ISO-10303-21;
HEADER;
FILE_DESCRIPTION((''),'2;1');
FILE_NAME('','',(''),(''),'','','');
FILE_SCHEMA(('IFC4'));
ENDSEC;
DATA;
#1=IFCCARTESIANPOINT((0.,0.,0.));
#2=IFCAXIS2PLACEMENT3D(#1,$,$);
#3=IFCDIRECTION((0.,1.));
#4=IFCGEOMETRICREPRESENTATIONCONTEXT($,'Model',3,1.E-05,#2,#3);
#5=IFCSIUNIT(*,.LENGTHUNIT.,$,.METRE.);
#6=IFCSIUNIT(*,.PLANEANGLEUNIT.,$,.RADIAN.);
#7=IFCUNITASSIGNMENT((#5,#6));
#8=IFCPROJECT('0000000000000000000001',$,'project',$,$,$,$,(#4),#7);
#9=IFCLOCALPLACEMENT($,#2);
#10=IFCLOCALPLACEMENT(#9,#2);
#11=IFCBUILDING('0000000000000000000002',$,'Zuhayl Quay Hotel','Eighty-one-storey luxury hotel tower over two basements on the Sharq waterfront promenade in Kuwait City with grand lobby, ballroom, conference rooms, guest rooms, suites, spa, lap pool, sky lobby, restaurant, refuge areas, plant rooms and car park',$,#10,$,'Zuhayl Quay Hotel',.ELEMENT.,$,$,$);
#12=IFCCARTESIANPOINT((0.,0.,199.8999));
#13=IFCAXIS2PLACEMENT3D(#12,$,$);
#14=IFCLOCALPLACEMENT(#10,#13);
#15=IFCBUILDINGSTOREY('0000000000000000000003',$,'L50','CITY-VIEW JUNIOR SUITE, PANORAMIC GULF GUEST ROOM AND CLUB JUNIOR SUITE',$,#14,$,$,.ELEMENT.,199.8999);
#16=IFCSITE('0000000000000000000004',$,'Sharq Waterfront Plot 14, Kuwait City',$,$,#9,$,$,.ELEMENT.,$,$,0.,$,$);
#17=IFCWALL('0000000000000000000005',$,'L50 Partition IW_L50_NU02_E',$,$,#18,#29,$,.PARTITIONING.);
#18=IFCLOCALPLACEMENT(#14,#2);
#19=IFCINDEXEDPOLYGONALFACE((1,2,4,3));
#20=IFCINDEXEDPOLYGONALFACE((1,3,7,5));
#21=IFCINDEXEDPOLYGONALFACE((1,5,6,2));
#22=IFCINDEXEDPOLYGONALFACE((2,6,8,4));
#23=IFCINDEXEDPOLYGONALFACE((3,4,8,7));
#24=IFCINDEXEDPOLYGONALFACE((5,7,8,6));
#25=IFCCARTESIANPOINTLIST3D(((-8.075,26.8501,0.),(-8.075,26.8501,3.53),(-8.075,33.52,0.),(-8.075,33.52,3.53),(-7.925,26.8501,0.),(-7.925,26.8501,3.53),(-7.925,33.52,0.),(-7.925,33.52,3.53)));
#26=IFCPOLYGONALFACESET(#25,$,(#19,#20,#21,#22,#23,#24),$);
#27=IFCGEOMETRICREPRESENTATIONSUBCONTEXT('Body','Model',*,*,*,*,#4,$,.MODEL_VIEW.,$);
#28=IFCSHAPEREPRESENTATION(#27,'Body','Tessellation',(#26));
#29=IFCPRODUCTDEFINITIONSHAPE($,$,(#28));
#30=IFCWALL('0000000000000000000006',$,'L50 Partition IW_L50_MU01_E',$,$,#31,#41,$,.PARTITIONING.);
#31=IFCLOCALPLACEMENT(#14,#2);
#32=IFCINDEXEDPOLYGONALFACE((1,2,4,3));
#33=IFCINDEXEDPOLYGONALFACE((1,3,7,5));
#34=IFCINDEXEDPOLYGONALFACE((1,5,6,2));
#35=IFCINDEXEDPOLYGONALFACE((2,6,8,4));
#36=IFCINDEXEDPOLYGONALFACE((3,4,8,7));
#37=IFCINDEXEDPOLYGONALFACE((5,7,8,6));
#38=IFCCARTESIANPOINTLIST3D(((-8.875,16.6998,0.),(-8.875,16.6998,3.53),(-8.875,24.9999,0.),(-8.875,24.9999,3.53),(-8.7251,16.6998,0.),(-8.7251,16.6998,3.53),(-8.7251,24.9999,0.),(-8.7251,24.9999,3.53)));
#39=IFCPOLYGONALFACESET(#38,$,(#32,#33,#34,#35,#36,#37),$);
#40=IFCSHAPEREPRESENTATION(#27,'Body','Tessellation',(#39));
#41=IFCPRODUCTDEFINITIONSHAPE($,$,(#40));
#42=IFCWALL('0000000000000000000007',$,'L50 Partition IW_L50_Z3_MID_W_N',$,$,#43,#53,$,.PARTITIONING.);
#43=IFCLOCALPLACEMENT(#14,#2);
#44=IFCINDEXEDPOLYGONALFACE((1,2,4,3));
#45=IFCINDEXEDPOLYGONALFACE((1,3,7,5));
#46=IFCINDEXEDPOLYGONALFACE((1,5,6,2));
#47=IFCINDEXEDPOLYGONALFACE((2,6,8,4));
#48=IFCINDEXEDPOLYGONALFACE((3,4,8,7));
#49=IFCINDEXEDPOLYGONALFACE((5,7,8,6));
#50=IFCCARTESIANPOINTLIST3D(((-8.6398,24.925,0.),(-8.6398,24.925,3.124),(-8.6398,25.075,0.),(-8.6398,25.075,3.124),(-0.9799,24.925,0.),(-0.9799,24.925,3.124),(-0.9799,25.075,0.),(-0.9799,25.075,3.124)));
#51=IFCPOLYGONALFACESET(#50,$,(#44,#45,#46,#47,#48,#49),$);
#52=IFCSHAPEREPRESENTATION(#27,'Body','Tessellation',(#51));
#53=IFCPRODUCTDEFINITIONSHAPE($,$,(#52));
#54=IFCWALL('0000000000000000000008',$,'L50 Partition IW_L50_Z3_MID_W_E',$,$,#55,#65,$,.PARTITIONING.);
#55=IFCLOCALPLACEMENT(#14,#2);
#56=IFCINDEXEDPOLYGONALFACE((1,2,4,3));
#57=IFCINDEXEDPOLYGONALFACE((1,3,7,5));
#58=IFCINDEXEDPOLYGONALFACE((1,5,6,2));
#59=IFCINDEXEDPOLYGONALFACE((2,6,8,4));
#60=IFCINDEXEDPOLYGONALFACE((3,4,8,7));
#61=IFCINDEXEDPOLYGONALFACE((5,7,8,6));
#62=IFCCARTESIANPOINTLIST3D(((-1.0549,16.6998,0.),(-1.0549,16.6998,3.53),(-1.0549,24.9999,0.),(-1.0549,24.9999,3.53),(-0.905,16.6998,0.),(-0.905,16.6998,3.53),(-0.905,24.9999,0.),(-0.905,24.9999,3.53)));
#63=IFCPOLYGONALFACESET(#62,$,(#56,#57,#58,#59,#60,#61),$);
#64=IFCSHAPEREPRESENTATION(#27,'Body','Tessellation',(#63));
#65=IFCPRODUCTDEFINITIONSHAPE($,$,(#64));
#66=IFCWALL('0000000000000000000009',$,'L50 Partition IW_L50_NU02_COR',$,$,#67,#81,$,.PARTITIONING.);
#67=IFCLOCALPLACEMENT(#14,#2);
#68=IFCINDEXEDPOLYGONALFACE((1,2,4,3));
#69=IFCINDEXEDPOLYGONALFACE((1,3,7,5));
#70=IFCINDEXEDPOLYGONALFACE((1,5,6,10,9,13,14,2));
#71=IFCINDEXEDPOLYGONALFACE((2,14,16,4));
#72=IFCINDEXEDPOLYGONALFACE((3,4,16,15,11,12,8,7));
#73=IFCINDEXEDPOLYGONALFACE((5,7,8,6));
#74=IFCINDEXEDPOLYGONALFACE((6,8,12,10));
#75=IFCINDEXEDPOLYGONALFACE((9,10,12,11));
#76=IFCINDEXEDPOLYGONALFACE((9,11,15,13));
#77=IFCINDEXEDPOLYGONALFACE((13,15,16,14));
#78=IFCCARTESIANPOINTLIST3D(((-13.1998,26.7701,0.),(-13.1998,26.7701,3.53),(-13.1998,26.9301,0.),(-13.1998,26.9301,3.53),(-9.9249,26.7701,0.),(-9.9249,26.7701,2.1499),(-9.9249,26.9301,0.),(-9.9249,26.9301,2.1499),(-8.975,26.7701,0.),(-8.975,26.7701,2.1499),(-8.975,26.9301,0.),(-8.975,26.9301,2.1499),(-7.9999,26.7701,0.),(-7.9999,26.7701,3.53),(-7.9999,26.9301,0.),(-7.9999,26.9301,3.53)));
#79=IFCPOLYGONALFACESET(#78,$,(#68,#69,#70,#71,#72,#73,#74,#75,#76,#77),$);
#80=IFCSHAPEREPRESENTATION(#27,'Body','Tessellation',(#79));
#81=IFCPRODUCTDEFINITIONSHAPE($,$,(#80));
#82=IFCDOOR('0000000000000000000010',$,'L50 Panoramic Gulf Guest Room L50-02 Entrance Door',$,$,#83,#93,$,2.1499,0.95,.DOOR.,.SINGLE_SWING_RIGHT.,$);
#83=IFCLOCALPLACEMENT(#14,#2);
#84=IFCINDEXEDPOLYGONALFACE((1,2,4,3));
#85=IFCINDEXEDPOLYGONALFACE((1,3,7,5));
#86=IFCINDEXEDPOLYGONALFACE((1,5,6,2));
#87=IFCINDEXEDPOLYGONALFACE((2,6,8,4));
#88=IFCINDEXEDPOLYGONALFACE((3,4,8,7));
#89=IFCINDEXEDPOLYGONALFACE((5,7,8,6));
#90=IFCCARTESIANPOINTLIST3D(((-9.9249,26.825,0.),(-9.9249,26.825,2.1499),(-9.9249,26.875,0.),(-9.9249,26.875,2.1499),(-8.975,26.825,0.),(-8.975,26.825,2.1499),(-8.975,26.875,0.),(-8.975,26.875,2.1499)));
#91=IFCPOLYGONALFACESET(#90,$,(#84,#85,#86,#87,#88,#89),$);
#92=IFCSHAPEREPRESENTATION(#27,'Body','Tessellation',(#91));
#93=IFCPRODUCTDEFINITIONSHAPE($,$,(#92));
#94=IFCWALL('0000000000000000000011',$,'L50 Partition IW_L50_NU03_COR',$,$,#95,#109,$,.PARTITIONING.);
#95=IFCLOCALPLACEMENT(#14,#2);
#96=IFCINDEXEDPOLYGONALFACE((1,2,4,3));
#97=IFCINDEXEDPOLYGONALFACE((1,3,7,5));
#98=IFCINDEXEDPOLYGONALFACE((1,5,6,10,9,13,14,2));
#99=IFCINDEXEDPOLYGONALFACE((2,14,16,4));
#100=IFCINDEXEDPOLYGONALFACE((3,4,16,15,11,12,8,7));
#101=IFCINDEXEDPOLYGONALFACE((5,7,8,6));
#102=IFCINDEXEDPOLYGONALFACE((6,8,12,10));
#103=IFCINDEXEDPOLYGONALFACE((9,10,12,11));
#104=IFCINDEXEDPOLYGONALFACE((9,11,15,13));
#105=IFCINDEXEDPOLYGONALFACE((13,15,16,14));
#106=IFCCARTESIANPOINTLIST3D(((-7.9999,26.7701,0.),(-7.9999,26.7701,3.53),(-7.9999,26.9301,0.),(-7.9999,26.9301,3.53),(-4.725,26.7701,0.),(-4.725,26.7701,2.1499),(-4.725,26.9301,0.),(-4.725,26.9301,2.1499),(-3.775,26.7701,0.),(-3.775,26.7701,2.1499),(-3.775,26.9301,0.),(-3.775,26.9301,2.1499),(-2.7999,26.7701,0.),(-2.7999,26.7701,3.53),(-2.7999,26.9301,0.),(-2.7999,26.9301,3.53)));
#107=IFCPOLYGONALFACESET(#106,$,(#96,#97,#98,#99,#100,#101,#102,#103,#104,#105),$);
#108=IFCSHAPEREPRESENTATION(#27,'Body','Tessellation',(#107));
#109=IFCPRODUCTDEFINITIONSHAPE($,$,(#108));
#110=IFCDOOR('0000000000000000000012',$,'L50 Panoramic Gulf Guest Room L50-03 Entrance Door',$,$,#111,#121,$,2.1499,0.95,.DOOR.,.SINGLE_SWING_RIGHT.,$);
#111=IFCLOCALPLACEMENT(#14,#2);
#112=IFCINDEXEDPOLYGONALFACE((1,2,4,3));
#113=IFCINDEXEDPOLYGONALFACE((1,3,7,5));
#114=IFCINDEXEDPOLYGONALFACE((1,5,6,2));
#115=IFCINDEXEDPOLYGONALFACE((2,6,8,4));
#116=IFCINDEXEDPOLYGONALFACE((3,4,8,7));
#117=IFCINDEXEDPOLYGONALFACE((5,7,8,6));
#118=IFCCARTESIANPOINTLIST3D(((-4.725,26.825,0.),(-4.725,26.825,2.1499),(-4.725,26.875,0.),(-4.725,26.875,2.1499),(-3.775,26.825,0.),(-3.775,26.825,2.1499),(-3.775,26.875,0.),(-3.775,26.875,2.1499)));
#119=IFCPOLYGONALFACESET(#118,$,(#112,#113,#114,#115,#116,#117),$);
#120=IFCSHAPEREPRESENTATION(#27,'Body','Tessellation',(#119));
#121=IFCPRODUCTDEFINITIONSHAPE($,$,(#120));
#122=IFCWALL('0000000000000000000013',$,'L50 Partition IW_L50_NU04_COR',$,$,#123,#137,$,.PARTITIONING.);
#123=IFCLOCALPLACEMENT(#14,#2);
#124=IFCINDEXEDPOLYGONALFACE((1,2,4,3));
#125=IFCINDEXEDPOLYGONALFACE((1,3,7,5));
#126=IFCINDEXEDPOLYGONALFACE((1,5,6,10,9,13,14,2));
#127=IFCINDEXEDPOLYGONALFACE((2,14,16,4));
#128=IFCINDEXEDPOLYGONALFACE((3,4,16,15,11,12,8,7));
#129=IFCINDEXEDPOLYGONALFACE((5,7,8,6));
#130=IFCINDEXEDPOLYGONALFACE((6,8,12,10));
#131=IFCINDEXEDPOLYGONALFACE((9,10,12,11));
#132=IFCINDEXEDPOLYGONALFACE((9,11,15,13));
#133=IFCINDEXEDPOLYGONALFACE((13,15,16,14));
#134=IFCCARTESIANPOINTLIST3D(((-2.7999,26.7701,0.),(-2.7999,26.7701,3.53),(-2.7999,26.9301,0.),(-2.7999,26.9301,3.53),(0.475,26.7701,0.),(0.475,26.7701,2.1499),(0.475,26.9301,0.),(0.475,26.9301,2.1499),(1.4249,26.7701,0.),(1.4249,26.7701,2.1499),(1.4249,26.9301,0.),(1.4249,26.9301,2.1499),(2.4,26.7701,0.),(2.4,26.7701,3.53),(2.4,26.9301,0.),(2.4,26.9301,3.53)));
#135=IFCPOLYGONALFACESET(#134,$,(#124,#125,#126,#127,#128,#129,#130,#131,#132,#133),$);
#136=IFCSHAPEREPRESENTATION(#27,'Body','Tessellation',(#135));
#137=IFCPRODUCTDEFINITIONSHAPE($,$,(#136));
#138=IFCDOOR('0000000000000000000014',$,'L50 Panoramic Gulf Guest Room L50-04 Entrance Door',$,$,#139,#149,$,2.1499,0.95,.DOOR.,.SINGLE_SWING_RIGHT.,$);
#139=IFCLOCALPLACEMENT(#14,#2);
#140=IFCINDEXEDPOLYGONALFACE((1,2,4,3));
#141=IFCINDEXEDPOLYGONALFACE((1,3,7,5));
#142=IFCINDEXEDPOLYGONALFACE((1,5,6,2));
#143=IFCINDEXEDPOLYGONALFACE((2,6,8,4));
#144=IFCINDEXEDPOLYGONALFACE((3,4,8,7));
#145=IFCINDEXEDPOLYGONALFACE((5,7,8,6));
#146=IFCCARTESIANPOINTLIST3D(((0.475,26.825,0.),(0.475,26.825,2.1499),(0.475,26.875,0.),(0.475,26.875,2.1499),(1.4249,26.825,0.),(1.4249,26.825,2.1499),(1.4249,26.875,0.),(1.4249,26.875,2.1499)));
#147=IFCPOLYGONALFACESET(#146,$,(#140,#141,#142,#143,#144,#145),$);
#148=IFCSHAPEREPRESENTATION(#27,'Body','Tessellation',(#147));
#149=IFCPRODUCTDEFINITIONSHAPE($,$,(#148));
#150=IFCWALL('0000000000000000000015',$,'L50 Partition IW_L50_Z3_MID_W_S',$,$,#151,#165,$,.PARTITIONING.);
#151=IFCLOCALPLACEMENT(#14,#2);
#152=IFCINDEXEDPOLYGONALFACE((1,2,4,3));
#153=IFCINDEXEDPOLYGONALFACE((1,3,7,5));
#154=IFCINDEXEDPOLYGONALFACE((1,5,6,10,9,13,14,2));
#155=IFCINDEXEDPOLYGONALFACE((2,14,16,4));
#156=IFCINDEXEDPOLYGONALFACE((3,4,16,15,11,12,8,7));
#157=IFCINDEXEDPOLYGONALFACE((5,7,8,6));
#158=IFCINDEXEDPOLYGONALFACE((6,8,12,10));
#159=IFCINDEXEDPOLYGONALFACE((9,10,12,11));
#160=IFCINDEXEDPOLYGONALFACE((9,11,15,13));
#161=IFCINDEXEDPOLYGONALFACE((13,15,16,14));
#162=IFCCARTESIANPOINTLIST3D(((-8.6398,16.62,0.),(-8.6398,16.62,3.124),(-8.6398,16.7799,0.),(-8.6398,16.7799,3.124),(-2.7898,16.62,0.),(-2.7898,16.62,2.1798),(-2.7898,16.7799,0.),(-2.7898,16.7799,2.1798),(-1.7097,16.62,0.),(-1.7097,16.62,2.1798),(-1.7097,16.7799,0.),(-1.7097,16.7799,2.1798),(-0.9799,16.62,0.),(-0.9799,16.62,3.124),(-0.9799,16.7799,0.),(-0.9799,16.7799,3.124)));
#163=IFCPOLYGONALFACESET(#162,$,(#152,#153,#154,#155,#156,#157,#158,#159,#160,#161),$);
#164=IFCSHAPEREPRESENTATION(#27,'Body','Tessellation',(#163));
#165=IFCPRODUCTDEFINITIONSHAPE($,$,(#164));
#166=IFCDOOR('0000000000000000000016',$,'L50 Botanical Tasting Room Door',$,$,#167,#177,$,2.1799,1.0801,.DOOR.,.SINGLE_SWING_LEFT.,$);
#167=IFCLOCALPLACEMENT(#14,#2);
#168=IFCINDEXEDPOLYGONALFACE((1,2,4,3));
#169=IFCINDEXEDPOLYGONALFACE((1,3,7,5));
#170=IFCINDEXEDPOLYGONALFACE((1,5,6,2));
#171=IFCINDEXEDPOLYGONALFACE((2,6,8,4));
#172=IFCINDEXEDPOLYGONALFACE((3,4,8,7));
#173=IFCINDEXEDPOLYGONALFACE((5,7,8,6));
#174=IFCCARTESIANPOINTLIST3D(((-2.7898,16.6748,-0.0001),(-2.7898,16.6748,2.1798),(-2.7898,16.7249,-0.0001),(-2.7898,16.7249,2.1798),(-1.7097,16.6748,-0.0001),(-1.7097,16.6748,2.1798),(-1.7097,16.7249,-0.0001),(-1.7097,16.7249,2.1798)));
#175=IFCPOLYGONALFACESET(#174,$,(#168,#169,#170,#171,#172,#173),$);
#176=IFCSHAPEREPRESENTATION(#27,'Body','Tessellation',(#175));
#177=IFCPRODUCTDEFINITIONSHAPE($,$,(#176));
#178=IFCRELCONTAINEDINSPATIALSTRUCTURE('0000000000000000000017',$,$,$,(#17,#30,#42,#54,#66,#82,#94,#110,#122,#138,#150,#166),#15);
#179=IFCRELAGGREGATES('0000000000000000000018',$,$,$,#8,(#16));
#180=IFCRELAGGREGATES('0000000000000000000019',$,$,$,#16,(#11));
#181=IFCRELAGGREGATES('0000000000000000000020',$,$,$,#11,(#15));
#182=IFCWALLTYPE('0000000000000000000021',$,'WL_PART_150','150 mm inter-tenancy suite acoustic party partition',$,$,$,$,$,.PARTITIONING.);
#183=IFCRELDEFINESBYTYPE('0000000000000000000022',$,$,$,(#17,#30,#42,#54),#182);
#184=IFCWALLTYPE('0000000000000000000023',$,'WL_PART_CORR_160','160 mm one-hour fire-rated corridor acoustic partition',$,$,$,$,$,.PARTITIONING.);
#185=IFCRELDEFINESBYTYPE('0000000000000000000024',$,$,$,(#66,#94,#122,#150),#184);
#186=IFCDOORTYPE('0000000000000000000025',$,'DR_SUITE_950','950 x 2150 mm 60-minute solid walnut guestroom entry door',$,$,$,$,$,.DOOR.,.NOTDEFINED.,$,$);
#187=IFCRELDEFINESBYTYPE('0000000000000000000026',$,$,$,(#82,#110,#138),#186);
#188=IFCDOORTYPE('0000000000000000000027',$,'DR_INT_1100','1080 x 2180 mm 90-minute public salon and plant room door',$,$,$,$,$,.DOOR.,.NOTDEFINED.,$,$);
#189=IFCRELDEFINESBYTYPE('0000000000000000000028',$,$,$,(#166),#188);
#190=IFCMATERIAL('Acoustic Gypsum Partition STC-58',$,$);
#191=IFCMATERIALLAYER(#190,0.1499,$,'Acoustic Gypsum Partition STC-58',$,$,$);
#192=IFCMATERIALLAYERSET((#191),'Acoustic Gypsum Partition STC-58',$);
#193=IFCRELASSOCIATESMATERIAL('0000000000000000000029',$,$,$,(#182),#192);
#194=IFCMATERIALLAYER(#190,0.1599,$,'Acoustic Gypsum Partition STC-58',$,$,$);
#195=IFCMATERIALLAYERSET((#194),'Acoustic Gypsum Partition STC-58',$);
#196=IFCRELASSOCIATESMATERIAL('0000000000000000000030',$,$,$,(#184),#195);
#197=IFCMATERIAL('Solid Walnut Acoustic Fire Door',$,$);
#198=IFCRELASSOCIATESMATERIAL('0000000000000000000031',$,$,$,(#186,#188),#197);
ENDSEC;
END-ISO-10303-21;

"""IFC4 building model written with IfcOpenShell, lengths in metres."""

from ifc_helpers import new_model, si_unit, direction, frame, frame_2d, origin, place, context, subcontext, project, spatial, rectangle, extrude, material, layer, layer_set, type_object, element, fill, save


model = new_model("IFC4")

# Units and contexts
model_context = context("Model", 3, precision=1e-05, world=origin(), true_north=direction((0.0, 1.0)))
body_context = subcontext(model_context, "Body", "Model", "MODEL_VIEW")
ifc_project = project(units=[si_unit("LENGTHUNIT", "METRE"), si_unit("PLANEANGLEUNIT", "RADIAN")], contexts=[model_context])

# Site, building, storey
site_placement = place(None, origin())
site = spatial("IfcSite", under=ifc_project, at=site_placement, Name="Sharq Waterfront Plot 14, Kuwait City", CompositionType="ELEMENT", RefElevation=0.0)
building_placement = place(site_placement, origin())
building = spatial("IfcBuilding", under=site, at=building_placement, Name="Zuhayl Quay Hotel", Description="Eighty-one-storey luxury hotel tower over two basements on the Sharq waterfront promenade in Kuwait City with grand lobby, ballroom, conference rooms, guest rooms, suites, spa, lap pool, sky lobby, restaurant, refuge areas, plant rooms and car park", LongName="Zuhayl Quay Hotel", CompositionType="ELEMENT")
storey_placement = place(building_placement, frame((0.0, 0.0, 199.8999)))
storey = spatial("IfcBuildingStorey", under=building, at=storey_placement, Name="L50", Description="CITY-VIEW JUNIOR SUITE, PANORAMIC GULF GUEST ROOM AND CLUB JUNIOR SUITE", CompositionType="ELEMENT", Elevation=199.8999)

# Walls
ifc_material_1 = material(Name="Acoustic Gypsum Partition STC-58")
ifc_layer_1 = layer(ifc_material_1, 0.1499, Name="Acoustic Gypsum Partition STC-58")
ifc_layer_set_1 = layer_set([ifc_layer_1], Name="Acoustic Gypsum Partition STC-58")
wall_type_1 = type_object("IfcWallType", Name="WL_PART_150", Description="150 mm inter-tenancy suite acoustic party partition", PredefinedType="PARTITIONING", material=ifc_layer_set_1)
for number, where, z_axis, x_axis, name in (
    (1, (-8.0, 26.8501, 0.0), (0.0, 0.0, 1.0), (0.0, 1.0, 0.0), "L50 Partition IW_L50_NU02_E"),
):
    element("IfcWall", number, at=place(storey_placement, frame(where, z_axis=z_axis, x_axis=x_axis)), inside=storey, type_object=wall_type_1, Name=name, PredefinedType="PARTITIONING", context=body_context, shape_type="SweptSolid", body=[
        extrude(rectangle(XDim=6.6699, YDim=0.1499, at=frame_2d((3.335, 0.0))), origin(), (0.0, 0.0, 1.0), 3.53),
    ])
wall_1_placement = place(storey_placement, frame((-8.8, 16.7, 0.0), z_axis=(0.0, 0.0, 1.0), x_axis=(0.0, 1.0, 0.0)))
element("IfcWall", 2, at=wall_1_placement, inside=storey, type_object=wall_type_1, Name="L50 Partition IW_L50_MU01_E", PredefinedType="PARTITIONING", context=body_context, shape_type="SweptSolid", body=[
    extrude(rectangle(XDim=8.3, YDim=0.1499, at=frame_2d((4.1499, 0.0))), origin(), (0.0, 0.0, 1.0), 3.53),
])
wall_2_placement = place(storey_placement, frame((-8.6399, 25.0, 0.0), z_axis=(0.0, 0.0, 1.0), x_axis=(1.0, 0.0, 0.0)))
element("IfcWall", 3, at=wall_2_placement, inside=storey, type_object=wall_type_1, Name="L50 Partition IW_L50_Z3_MID_W_N", PredefinedType="PARTITIONING", context=body_context, shape_type="SweptSolid", body=[
    extrude(rectangle(XDim=7.6599, YDim=0.1499, at=frame_2d((3.8301, 0.0))), origin(), (0.0, 0.0, 1.0), 3.124),
])
wall_3_placement = place(storey_placement, frame((-0.98, 16.7, 0.0), z_axis=(0.0, 0.0, 1.0), x_axis=(0.0, 1.0, 0.0)))
element("IfcWall", 4, at=wall_3_placement, inside=storey, type_object=wall_type_1, Name="L50 Partition IW_L50_Z3_MID_W_E", PredefinedType="PARTITIONING", context=body_context, shape_type="SweptSolid", body=[
    extrude(rectangle(XDim=8.3, YDim=0.1499, at=frame_2d((4.1499, 0.0))), origin(), (0.0, 0.0, 1.0), 3.53),
])

# Walls, openings, doors
ifc_layer_2 = layer(ifc_material_1, 0.1599, Name="Acoustic Gypsum Partition STC-58")
ifc_layer_set_2 = layer_set([ifc_layer_2], Name="Acoustic Gypsum Partition STC-58")
wall_type_2 = type_object("IfcWallType", Name="WL_PART_CORR_160", Description="160 mm one-hour fire-rated corridor acoustic partition", PredefinedType="PARTITIONING", material=ifc_layer_set_2)
wall_4_placement = place(storey_placement, frame((-13.2, 26.8501, 0.0), z_axis=(0.0, 0.0, 1.0), x_axis=(1.0, 0.0, 0.0)))
wall_4 = element("IfcWall", 5, at=wall_4_placement, inside=storey, type_object=wall_type_2, Name="L50 Partition IW_L50_NU02_COR", PredefinedType="PARTITIONING", context=body_context, shape_type="SweptSolid", body=[
    extrude(rectangle(XDim=5.2, YDim=0.1599, at=frame_2d((2.6001, 0.0))), origin(), (0.0, 0.0, 1.0), 3.53),
])
opening_1_placement = place(wall_4_placement, frame((3.2749, 0.0, 0.0)))
opening_1 = element("IfcOpeningElement", 6, at=opening_1_placement, cuts=wall_4, PredefinedType="OPENING", context=body_context, shape_type="SweptSolid", body=[
    extrude(rectangle(XDim=0.95, YDim=2.1499, at=frame_2d((0.4751, 1.075))), frame((0.0, 0.0898, 0.0), z_axis=(0.0, -1.0, 0.0), x_axis=(1.0, 0.0, 0.0)), (0.0, 0.0, 1.0), 0.1799),
])
ifc_material_2 = material(Name="Solid Walnut Acoustic Fire Door")
door_type_1 = type_object("IfcDoorType", Name="DR_SUITE_950", Description="950 x 2150 mm 60-minute solid walnut guestroom entry door", OperationType="NOTDEFINED", PredefinedType="DOOR", material=ifc_material_2)
door_1_placement = place(opening_1_placement, origin())
door_1 = element("IfcDoor", 7, at=door_1_placement, inside=storey, type_object=door_type_1, Name="L50 Panoramic Gulf Guest Room L50-02 Entrance Door", OperationType="SINGLE_SWING_RIGHT", OverallHeight=2.1499, OverallWidth=0.95, PredefinedType="DOOR", context=body_context, shape_type="SweptSolid", body=[
    extrude(rectangle(XDim=0.95, YDim=2.1499, at=frame_2d((0.4751, 1.075))), frame((0.0, 0.0249, 0.0), z_axis=(0.0, -1.0, 0.0), x_axis=(1.0, 0.0, 0.0)), (0.0, 0.0, 1.0), 0.05),
])
fill(opening_1, door_1)
wall_5_placement = place(storey_placement, frame((-8.0, 26.8501, 0.0), z_axis=(0.0, 0.0, 1.0), x_axis=(1.0, 0.0, 0.0)))
wall_5 = element("IfcWall", 8, at=wall_5_placement, inside=storey, type_object=wall_type_2, Name="L50 Partition IW_L50_NU03_COR", PredefinedType="PARTITIONING", context=body_context, shape_type="SweptSolid", body=[
    extrude(rectangle(XDim=5.2, YDim=0.1599, at=frame_2d((2.6001, 0.0))), origin(), (0.0, 0.0, 1.0), 3.53),
])
opening_2_placement = place(wall_5_placement, frame((3.2749, 0.0, 0.0)))
opening_2 = element("IfcOpeningElement", 9, at=opening_2_placement, cuts=wall_5, PredefinedType="OPENING", context=body_context, shape_type="SweptSolid", body=[
    extrude(rectangle(XDim=0.95, YDim=2.1499, at=frame_2d((0.4751, 1.075))), frame((0.0, 0.0898, 0.0), z_axis=(0.0, -1.0, 0.0), x_axis=(1.0, 0.0, 0.0)), (0.0, 0.0, 1.0), 0.1799),
])
door_2_placement = place(opening_2_placement, origin())
door_2 = element("IfcDoor", 10, at=door_2_placement, inside=storey, type_object=door_type_1, Name="L50 Panoramic Gulf Guest Room L50-03 Entrance Door", OperationType="SINGLE_SWING_RIGHT", OverallHeight=2.1499, OverallWidth=0.95, PredefinedType="DOOR", context=body_context, shape_type="SweptSolid", body=[
    extrude(rectangle(XDim=0.95, YDim=2.1499, at=frame_2d((0.4751, 1.075))), frame((0.0, 0.0249, 0.0), z_axis=(0.0, -1.0, 0.0), x_axis=(1.0, 0.0, 0.0)), (0.0, 0.0, 1.0), 0.05),
])
fill(opening_2, door_2)
wall_6_placement = place(storey_placement, frame((-2.8, 26.8501, 0.0), z_axis=(0.0, 0.0, 1.0), x_axis=(1.0, 0.0, 0.0)))
wall_6 = element("IfcWall", 11, at=wall_6_placement, inside=storey, type_object=wall_type_2, Name="L50 Partition IW_L50_NU04_COR", PredefinedType="PARTITIONING", context=body_context, shape_type="SweptSolid", body=[
    extrude(rectangle(XDim=5.2, YDim=0.1599, at=frame_2d((2.6001, 0.0))), origin(), (0.0, 0.0, 1.0), 3.53),
])
opening_3_placement = place(wall_6_placement, frame((3.2749, 0.0, 0.0)))
opening_3 = element("IfcOpeningElement", 12, at=opening_3_placement, cuts=wall_6, PredefinedType="OPENING", context=body_context, shape_type="SweptSolid", body=[
    extrude(rectangle(XDim=0.95, YDim=2.1499, at=frame_2d((0.4751, 1.075))), frame((0.0, 0.0898, 0.0), z_axis=(0.0, -1.0, 0.0), x_axis=(1.0, 0.0, 0.0)), (0.0, 0.0, 1.0), 0.1799),
])
door_3_placement = place(opening_3_placement, origin())
door_3 = element("IfcDoor", 13, at=door_3_placement, inside=storey, type_object=door_type_1, Name="L50 Panoramic Gulf Guest Room L50-04 Entrance Door", OperationType="SINGLE_SWING_RIGHT", OverallHeight=2.1499, OverallWidth=0.95, PredefinedType="DOOR", context=body_context, shape_type="SweptSolid", body=[
    extrude(rectangle(XDim=0.95, YDim=2.1499, at=frame_2d((0.4751, 1.075))), frame((0.0, 0.0249, 0.0), z_axis=(0.0, -1.0, 0.0), x_axis=(1.0, 0.0, 0.0)), (0.0, 0.0, 1.0), 0.05),
])
fill(opening_3, door_3)
wall_7_placement = place(storey_placement, frame((-8.6399, 16.7, 0.0), z_axis=(0.0, 0.0, 1.0), x_axis=(1.0, 0.0, 0.0)))
wall_7 = element("IfcWall", 14, at=wall_7_placement, inside=storey, type_object=wall_type_2, Name="L50 Partition IW_L50_Z3_MID_W_S", PredefinedType="PARTITIONING", context=body_context, shape_type="SweptSolid", body=[
    extrude(rectangle(XDim=7.6599, YDim=0.1599, at=frame_2d((3.8301, 0.0))), origin(), (0.0, 0.0, 1.0), 3.124),
])
opening_4_placement = place(wall_7_placement, frame((5.8501, 0.0, 0.0)))
opening_4 = element("IfcOpeningElement", 15, at=opening_4_placement, cuts=wall_7, PredefinedType="OPENING", context=body_context, shape_type="SweptSolid", body=[
    extrude(rectangle(XDim=1.0801, YDim=2.1799, at=frame_2d((0.54, 1.0898))), frame((0.0, 0.0898, 0.0), z_axis=(0.0, -1.0, 0.0), x_axis=(1.0, 0.0, 0.0)), (0.0, 0.0, 1.0), 0.1799),
])
door_type_2 = type_object("IfcDoorType", Name="DR_INT_1100", Description="1080 x 2180 mm 90-minute public salon and plant room door", OperationType="NOTDEFINED", PredefinedType="DOOR", material=ifc_material_2)
door_4_placement = place(opening_4_placement, origin())
door_4 = element("IfcDoor", 16, at=door_4_placement, inside=storey, type_object=door_type_2, Name="L50 Botanical Tasting Room Door", OperationType="SINGLE_SWING_LEFT", OverallHeight=2.1799, OverallWidth=1.0801, PredefinedType="DOOR", context=body_context, shape_type="SweptSolid", body=[
    extrude(rectangle(XDim=1.0801, YDim=2.1799, at=frame_2d((0.54, 1.0898))), frame((0.0, 0.0249, 0.0), z_axis=(0.0, -1.0, 0.0), x_axis=(1.0, 0.0, 0.0)), (0.0, 0.0, 1.0), 0.05),
])
fill(opening_4, door_4)

save(model, "model.ifc")
